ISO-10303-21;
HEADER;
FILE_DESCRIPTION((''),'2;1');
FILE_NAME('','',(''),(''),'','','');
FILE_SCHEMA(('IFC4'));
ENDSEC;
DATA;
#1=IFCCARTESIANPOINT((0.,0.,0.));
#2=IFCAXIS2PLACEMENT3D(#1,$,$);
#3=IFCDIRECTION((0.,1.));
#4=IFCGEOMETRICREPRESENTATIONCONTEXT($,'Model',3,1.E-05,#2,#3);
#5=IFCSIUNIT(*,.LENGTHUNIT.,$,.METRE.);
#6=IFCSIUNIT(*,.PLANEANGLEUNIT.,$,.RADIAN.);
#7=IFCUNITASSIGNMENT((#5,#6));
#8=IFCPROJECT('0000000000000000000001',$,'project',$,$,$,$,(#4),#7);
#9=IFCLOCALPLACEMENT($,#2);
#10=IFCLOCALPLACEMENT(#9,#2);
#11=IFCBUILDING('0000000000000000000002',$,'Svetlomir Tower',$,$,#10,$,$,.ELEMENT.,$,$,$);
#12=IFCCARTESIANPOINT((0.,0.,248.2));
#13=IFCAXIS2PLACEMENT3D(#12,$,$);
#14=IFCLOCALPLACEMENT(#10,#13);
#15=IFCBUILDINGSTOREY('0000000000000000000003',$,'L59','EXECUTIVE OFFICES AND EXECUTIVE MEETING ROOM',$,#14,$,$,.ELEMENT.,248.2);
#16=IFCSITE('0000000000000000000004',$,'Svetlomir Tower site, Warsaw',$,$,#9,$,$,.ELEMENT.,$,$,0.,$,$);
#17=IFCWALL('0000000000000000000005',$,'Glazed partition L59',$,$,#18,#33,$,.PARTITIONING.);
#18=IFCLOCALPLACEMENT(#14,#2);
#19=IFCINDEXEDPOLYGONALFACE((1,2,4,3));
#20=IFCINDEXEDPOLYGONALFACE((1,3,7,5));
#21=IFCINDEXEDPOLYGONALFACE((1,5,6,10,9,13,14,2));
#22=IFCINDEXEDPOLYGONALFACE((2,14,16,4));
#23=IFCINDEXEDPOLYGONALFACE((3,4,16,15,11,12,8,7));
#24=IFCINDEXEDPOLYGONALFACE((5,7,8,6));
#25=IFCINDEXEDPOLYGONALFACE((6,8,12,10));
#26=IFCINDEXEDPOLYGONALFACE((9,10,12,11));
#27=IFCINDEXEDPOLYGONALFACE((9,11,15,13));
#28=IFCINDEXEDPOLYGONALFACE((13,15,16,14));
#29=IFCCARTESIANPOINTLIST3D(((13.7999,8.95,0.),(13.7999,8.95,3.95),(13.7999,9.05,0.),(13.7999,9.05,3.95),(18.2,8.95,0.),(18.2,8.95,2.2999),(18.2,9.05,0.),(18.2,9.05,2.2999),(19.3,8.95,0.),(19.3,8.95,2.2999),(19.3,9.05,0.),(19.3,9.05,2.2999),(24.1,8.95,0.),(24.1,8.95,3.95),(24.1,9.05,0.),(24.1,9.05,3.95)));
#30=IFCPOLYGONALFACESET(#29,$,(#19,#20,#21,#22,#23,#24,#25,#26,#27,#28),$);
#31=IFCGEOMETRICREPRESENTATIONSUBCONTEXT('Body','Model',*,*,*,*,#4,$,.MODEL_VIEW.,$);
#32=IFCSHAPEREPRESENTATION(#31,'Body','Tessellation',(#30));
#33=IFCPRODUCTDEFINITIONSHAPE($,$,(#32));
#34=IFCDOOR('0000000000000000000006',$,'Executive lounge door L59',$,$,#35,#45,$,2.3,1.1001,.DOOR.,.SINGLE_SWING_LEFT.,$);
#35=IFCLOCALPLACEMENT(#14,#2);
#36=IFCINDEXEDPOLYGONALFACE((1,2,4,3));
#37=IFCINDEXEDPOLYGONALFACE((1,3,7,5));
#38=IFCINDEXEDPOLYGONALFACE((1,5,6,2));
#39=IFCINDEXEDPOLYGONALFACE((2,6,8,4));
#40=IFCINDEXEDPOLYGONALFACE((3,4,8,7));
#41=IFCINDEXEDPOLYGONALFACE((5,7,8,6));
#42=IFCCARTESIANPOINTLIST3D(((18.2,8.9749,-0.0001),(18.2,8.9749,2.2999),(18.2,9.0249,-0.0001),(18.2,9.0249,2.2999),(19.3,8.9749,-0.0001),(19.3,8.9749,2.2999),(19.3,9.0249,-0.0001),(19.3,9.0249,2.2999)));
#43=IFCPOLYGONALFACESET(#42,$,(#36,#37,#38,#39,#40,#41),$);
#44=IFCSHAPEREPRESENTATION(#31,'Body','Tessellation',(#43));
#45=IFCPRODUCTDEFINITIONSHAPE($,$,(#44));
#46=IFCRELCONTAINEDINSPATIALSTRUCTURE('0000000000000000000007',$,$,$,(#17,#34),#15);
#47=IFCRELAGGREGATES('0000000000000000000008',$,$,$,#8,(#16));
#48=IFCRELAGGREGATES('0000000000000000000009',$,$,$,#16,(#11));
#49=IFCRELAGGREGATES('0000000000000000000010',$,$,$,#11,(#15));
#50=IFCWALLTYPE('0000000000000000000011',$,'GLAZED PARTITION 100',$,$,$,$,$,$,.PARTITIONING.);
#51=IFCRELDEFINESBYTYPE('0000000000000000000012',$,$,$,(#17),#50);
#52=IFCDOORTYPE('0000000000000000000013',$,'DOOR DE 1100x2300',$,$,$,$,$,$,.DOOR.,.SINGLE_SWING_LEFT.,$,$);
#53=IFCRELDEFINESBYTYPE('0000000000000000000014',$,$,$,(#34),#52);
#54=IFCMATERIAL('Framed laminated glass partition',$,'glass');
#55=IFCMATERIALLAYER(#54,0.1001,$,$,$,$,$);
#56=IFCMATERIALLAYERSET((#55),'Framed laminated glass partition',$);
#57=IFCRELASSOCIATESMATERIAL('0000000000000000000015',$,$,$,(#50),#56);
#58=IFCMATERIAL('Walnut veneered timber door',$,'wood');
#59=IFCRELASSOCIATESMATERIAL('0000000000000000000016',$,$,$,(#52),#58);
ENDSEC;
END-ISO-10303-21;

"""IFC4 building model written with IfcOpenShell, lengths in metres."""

from ifc_helpers import new_model, si_unit, direction, frame, frame_2d, origin, place, context, subcontext, project, spatial, rectangle, extrude, material, layer, layer_set, type_object, element, fill, save


model = new_model("IFC4")

# Units and contexts
model_context = context("Model", 3, precision=1e-05, world=origin(), true_north=direction((0.0, 1.0)))
body_context = subcontext(model_context, "Body", "Model", "MODEL_VIEW")
ifc_project = project(units=[si_unit("LENGTHUNIT", "METRE"), si_unit("PLANEANGLEUNIT", "RADIAN")], contexts=[model_context])

# Site, building, storey
site_placement = place(None, origin())
site = spatial("IfcSite", under=ifc_project, at=site_placement, Name="Svetlomir Tower site, Warsaw", CompositionType="ELEMENT", RefElevation=0.0)
building_placement = place(site_placement, origin())
building = spatial("IfcBuilding", under=site, at=building_placement, Name="Svetlomir Tower", CompositionType="ELEMENT")
storey_placement = place(building_placement, frame((0.0, 0.0, 248.2)))
storey = spatial("IfcBuildingStorey", under=building, at=storey_placement, Name="L59", Description="EXECUTIVE OFFICES AND EXECUTIVE MEETING ROOM", CompositionType="ELEMENT", Elevation=248.2)

# Wall, opening, door
ifc_material_1 = material(Name="Framed laminated glass partition", Category="glass")
ifc_layer_1 = layer(ifc_material_1, 0.1001)
ifc_layer_set_1 = layer_set([ifc_layer_1], Name="Framed laminated glass partition")
wall_type_1 = type_object("IfcWallType", Name="GLAZED PARTITION 100", PredefinedType="PARTITIONING", material=ifc_layer_set_1)
wall_1_placement = place(storey_placement, frame((13.8, 9.0, 0.0), z_axis=(0.0, 0.0, 1.0), x_axis=(1.0, 0.0, 0.0)))
wall_1 = element("IfcWall", 1, at=wall_1_placement, inside=storey, type_object=wall_type_1, Name="Glazed partition L59", PredefinedType="PARTITIONING", context=body_context, shape_type="SweptSolid", body=[
    extrude(rectangle(XDim=10.3, YDim=0.1001, at=frame_2d((5.1499, 0.0))), origin(), (0.0, 0.0, 1.0), 3.95),
])
opening_1_placement = place(wall_1_placement, frame((4.3999, 0.0, 0.0)))
opening_1 = element("IfcOpeningElement", 2, at=opening_1_placement, cuts=wall_1, PredefinedType="OPENING", context=body_context, shape_type="SweptSolid", body=[
    extrude(rectangle(XDim=1.1001, YDim=2.3, at=frame_2d((0.55, 1.1499))), frame((0.0, 0.0601, 0.0), z_axis=(0.0, -1.0, 0.0), x_axis=(1.0, 0.0, 0.0)), (0.0, 0.0, 1.0), 0.1201),
])
ifc_material_2 = material(Name="Walnut veneered timber door", Category="wood")
door_type_1 = type_object("IfcDoorType", Name="DOOR DE 1100x2300", OperationType="SINGLE_SWING_LEFT", PredefinedType="DOOR", material=ifc_material_2)
door_1_placement = place(opening_1_placement, origin())
door_1 = element("IfcDoor", 3, at=door_1_placement, inside=storey, type_object=door_type_1, Name="Executive lounge door L59", OperationType="SINGLE_SWING_LEFT", OverallHeight=2.3, OverallWidth=1.1001, PredefinedType="DOOR", context=body_context, shape_type="SweptSolid", body=[
    extrude(rectangle(XDim=1.1001, YDim=2.3, at=frame_2d((0.55, 1.1499))), frame((0.0, 0.0249, 0.0), z_axis=(0.0, -1.0, 0.0), x_axis=(1.0, 0.0, 0.0)), (0.0, 0.0, 1.0), 0.05),
])
fill(opening_1, door_1)

save(model, "model.ifc")
